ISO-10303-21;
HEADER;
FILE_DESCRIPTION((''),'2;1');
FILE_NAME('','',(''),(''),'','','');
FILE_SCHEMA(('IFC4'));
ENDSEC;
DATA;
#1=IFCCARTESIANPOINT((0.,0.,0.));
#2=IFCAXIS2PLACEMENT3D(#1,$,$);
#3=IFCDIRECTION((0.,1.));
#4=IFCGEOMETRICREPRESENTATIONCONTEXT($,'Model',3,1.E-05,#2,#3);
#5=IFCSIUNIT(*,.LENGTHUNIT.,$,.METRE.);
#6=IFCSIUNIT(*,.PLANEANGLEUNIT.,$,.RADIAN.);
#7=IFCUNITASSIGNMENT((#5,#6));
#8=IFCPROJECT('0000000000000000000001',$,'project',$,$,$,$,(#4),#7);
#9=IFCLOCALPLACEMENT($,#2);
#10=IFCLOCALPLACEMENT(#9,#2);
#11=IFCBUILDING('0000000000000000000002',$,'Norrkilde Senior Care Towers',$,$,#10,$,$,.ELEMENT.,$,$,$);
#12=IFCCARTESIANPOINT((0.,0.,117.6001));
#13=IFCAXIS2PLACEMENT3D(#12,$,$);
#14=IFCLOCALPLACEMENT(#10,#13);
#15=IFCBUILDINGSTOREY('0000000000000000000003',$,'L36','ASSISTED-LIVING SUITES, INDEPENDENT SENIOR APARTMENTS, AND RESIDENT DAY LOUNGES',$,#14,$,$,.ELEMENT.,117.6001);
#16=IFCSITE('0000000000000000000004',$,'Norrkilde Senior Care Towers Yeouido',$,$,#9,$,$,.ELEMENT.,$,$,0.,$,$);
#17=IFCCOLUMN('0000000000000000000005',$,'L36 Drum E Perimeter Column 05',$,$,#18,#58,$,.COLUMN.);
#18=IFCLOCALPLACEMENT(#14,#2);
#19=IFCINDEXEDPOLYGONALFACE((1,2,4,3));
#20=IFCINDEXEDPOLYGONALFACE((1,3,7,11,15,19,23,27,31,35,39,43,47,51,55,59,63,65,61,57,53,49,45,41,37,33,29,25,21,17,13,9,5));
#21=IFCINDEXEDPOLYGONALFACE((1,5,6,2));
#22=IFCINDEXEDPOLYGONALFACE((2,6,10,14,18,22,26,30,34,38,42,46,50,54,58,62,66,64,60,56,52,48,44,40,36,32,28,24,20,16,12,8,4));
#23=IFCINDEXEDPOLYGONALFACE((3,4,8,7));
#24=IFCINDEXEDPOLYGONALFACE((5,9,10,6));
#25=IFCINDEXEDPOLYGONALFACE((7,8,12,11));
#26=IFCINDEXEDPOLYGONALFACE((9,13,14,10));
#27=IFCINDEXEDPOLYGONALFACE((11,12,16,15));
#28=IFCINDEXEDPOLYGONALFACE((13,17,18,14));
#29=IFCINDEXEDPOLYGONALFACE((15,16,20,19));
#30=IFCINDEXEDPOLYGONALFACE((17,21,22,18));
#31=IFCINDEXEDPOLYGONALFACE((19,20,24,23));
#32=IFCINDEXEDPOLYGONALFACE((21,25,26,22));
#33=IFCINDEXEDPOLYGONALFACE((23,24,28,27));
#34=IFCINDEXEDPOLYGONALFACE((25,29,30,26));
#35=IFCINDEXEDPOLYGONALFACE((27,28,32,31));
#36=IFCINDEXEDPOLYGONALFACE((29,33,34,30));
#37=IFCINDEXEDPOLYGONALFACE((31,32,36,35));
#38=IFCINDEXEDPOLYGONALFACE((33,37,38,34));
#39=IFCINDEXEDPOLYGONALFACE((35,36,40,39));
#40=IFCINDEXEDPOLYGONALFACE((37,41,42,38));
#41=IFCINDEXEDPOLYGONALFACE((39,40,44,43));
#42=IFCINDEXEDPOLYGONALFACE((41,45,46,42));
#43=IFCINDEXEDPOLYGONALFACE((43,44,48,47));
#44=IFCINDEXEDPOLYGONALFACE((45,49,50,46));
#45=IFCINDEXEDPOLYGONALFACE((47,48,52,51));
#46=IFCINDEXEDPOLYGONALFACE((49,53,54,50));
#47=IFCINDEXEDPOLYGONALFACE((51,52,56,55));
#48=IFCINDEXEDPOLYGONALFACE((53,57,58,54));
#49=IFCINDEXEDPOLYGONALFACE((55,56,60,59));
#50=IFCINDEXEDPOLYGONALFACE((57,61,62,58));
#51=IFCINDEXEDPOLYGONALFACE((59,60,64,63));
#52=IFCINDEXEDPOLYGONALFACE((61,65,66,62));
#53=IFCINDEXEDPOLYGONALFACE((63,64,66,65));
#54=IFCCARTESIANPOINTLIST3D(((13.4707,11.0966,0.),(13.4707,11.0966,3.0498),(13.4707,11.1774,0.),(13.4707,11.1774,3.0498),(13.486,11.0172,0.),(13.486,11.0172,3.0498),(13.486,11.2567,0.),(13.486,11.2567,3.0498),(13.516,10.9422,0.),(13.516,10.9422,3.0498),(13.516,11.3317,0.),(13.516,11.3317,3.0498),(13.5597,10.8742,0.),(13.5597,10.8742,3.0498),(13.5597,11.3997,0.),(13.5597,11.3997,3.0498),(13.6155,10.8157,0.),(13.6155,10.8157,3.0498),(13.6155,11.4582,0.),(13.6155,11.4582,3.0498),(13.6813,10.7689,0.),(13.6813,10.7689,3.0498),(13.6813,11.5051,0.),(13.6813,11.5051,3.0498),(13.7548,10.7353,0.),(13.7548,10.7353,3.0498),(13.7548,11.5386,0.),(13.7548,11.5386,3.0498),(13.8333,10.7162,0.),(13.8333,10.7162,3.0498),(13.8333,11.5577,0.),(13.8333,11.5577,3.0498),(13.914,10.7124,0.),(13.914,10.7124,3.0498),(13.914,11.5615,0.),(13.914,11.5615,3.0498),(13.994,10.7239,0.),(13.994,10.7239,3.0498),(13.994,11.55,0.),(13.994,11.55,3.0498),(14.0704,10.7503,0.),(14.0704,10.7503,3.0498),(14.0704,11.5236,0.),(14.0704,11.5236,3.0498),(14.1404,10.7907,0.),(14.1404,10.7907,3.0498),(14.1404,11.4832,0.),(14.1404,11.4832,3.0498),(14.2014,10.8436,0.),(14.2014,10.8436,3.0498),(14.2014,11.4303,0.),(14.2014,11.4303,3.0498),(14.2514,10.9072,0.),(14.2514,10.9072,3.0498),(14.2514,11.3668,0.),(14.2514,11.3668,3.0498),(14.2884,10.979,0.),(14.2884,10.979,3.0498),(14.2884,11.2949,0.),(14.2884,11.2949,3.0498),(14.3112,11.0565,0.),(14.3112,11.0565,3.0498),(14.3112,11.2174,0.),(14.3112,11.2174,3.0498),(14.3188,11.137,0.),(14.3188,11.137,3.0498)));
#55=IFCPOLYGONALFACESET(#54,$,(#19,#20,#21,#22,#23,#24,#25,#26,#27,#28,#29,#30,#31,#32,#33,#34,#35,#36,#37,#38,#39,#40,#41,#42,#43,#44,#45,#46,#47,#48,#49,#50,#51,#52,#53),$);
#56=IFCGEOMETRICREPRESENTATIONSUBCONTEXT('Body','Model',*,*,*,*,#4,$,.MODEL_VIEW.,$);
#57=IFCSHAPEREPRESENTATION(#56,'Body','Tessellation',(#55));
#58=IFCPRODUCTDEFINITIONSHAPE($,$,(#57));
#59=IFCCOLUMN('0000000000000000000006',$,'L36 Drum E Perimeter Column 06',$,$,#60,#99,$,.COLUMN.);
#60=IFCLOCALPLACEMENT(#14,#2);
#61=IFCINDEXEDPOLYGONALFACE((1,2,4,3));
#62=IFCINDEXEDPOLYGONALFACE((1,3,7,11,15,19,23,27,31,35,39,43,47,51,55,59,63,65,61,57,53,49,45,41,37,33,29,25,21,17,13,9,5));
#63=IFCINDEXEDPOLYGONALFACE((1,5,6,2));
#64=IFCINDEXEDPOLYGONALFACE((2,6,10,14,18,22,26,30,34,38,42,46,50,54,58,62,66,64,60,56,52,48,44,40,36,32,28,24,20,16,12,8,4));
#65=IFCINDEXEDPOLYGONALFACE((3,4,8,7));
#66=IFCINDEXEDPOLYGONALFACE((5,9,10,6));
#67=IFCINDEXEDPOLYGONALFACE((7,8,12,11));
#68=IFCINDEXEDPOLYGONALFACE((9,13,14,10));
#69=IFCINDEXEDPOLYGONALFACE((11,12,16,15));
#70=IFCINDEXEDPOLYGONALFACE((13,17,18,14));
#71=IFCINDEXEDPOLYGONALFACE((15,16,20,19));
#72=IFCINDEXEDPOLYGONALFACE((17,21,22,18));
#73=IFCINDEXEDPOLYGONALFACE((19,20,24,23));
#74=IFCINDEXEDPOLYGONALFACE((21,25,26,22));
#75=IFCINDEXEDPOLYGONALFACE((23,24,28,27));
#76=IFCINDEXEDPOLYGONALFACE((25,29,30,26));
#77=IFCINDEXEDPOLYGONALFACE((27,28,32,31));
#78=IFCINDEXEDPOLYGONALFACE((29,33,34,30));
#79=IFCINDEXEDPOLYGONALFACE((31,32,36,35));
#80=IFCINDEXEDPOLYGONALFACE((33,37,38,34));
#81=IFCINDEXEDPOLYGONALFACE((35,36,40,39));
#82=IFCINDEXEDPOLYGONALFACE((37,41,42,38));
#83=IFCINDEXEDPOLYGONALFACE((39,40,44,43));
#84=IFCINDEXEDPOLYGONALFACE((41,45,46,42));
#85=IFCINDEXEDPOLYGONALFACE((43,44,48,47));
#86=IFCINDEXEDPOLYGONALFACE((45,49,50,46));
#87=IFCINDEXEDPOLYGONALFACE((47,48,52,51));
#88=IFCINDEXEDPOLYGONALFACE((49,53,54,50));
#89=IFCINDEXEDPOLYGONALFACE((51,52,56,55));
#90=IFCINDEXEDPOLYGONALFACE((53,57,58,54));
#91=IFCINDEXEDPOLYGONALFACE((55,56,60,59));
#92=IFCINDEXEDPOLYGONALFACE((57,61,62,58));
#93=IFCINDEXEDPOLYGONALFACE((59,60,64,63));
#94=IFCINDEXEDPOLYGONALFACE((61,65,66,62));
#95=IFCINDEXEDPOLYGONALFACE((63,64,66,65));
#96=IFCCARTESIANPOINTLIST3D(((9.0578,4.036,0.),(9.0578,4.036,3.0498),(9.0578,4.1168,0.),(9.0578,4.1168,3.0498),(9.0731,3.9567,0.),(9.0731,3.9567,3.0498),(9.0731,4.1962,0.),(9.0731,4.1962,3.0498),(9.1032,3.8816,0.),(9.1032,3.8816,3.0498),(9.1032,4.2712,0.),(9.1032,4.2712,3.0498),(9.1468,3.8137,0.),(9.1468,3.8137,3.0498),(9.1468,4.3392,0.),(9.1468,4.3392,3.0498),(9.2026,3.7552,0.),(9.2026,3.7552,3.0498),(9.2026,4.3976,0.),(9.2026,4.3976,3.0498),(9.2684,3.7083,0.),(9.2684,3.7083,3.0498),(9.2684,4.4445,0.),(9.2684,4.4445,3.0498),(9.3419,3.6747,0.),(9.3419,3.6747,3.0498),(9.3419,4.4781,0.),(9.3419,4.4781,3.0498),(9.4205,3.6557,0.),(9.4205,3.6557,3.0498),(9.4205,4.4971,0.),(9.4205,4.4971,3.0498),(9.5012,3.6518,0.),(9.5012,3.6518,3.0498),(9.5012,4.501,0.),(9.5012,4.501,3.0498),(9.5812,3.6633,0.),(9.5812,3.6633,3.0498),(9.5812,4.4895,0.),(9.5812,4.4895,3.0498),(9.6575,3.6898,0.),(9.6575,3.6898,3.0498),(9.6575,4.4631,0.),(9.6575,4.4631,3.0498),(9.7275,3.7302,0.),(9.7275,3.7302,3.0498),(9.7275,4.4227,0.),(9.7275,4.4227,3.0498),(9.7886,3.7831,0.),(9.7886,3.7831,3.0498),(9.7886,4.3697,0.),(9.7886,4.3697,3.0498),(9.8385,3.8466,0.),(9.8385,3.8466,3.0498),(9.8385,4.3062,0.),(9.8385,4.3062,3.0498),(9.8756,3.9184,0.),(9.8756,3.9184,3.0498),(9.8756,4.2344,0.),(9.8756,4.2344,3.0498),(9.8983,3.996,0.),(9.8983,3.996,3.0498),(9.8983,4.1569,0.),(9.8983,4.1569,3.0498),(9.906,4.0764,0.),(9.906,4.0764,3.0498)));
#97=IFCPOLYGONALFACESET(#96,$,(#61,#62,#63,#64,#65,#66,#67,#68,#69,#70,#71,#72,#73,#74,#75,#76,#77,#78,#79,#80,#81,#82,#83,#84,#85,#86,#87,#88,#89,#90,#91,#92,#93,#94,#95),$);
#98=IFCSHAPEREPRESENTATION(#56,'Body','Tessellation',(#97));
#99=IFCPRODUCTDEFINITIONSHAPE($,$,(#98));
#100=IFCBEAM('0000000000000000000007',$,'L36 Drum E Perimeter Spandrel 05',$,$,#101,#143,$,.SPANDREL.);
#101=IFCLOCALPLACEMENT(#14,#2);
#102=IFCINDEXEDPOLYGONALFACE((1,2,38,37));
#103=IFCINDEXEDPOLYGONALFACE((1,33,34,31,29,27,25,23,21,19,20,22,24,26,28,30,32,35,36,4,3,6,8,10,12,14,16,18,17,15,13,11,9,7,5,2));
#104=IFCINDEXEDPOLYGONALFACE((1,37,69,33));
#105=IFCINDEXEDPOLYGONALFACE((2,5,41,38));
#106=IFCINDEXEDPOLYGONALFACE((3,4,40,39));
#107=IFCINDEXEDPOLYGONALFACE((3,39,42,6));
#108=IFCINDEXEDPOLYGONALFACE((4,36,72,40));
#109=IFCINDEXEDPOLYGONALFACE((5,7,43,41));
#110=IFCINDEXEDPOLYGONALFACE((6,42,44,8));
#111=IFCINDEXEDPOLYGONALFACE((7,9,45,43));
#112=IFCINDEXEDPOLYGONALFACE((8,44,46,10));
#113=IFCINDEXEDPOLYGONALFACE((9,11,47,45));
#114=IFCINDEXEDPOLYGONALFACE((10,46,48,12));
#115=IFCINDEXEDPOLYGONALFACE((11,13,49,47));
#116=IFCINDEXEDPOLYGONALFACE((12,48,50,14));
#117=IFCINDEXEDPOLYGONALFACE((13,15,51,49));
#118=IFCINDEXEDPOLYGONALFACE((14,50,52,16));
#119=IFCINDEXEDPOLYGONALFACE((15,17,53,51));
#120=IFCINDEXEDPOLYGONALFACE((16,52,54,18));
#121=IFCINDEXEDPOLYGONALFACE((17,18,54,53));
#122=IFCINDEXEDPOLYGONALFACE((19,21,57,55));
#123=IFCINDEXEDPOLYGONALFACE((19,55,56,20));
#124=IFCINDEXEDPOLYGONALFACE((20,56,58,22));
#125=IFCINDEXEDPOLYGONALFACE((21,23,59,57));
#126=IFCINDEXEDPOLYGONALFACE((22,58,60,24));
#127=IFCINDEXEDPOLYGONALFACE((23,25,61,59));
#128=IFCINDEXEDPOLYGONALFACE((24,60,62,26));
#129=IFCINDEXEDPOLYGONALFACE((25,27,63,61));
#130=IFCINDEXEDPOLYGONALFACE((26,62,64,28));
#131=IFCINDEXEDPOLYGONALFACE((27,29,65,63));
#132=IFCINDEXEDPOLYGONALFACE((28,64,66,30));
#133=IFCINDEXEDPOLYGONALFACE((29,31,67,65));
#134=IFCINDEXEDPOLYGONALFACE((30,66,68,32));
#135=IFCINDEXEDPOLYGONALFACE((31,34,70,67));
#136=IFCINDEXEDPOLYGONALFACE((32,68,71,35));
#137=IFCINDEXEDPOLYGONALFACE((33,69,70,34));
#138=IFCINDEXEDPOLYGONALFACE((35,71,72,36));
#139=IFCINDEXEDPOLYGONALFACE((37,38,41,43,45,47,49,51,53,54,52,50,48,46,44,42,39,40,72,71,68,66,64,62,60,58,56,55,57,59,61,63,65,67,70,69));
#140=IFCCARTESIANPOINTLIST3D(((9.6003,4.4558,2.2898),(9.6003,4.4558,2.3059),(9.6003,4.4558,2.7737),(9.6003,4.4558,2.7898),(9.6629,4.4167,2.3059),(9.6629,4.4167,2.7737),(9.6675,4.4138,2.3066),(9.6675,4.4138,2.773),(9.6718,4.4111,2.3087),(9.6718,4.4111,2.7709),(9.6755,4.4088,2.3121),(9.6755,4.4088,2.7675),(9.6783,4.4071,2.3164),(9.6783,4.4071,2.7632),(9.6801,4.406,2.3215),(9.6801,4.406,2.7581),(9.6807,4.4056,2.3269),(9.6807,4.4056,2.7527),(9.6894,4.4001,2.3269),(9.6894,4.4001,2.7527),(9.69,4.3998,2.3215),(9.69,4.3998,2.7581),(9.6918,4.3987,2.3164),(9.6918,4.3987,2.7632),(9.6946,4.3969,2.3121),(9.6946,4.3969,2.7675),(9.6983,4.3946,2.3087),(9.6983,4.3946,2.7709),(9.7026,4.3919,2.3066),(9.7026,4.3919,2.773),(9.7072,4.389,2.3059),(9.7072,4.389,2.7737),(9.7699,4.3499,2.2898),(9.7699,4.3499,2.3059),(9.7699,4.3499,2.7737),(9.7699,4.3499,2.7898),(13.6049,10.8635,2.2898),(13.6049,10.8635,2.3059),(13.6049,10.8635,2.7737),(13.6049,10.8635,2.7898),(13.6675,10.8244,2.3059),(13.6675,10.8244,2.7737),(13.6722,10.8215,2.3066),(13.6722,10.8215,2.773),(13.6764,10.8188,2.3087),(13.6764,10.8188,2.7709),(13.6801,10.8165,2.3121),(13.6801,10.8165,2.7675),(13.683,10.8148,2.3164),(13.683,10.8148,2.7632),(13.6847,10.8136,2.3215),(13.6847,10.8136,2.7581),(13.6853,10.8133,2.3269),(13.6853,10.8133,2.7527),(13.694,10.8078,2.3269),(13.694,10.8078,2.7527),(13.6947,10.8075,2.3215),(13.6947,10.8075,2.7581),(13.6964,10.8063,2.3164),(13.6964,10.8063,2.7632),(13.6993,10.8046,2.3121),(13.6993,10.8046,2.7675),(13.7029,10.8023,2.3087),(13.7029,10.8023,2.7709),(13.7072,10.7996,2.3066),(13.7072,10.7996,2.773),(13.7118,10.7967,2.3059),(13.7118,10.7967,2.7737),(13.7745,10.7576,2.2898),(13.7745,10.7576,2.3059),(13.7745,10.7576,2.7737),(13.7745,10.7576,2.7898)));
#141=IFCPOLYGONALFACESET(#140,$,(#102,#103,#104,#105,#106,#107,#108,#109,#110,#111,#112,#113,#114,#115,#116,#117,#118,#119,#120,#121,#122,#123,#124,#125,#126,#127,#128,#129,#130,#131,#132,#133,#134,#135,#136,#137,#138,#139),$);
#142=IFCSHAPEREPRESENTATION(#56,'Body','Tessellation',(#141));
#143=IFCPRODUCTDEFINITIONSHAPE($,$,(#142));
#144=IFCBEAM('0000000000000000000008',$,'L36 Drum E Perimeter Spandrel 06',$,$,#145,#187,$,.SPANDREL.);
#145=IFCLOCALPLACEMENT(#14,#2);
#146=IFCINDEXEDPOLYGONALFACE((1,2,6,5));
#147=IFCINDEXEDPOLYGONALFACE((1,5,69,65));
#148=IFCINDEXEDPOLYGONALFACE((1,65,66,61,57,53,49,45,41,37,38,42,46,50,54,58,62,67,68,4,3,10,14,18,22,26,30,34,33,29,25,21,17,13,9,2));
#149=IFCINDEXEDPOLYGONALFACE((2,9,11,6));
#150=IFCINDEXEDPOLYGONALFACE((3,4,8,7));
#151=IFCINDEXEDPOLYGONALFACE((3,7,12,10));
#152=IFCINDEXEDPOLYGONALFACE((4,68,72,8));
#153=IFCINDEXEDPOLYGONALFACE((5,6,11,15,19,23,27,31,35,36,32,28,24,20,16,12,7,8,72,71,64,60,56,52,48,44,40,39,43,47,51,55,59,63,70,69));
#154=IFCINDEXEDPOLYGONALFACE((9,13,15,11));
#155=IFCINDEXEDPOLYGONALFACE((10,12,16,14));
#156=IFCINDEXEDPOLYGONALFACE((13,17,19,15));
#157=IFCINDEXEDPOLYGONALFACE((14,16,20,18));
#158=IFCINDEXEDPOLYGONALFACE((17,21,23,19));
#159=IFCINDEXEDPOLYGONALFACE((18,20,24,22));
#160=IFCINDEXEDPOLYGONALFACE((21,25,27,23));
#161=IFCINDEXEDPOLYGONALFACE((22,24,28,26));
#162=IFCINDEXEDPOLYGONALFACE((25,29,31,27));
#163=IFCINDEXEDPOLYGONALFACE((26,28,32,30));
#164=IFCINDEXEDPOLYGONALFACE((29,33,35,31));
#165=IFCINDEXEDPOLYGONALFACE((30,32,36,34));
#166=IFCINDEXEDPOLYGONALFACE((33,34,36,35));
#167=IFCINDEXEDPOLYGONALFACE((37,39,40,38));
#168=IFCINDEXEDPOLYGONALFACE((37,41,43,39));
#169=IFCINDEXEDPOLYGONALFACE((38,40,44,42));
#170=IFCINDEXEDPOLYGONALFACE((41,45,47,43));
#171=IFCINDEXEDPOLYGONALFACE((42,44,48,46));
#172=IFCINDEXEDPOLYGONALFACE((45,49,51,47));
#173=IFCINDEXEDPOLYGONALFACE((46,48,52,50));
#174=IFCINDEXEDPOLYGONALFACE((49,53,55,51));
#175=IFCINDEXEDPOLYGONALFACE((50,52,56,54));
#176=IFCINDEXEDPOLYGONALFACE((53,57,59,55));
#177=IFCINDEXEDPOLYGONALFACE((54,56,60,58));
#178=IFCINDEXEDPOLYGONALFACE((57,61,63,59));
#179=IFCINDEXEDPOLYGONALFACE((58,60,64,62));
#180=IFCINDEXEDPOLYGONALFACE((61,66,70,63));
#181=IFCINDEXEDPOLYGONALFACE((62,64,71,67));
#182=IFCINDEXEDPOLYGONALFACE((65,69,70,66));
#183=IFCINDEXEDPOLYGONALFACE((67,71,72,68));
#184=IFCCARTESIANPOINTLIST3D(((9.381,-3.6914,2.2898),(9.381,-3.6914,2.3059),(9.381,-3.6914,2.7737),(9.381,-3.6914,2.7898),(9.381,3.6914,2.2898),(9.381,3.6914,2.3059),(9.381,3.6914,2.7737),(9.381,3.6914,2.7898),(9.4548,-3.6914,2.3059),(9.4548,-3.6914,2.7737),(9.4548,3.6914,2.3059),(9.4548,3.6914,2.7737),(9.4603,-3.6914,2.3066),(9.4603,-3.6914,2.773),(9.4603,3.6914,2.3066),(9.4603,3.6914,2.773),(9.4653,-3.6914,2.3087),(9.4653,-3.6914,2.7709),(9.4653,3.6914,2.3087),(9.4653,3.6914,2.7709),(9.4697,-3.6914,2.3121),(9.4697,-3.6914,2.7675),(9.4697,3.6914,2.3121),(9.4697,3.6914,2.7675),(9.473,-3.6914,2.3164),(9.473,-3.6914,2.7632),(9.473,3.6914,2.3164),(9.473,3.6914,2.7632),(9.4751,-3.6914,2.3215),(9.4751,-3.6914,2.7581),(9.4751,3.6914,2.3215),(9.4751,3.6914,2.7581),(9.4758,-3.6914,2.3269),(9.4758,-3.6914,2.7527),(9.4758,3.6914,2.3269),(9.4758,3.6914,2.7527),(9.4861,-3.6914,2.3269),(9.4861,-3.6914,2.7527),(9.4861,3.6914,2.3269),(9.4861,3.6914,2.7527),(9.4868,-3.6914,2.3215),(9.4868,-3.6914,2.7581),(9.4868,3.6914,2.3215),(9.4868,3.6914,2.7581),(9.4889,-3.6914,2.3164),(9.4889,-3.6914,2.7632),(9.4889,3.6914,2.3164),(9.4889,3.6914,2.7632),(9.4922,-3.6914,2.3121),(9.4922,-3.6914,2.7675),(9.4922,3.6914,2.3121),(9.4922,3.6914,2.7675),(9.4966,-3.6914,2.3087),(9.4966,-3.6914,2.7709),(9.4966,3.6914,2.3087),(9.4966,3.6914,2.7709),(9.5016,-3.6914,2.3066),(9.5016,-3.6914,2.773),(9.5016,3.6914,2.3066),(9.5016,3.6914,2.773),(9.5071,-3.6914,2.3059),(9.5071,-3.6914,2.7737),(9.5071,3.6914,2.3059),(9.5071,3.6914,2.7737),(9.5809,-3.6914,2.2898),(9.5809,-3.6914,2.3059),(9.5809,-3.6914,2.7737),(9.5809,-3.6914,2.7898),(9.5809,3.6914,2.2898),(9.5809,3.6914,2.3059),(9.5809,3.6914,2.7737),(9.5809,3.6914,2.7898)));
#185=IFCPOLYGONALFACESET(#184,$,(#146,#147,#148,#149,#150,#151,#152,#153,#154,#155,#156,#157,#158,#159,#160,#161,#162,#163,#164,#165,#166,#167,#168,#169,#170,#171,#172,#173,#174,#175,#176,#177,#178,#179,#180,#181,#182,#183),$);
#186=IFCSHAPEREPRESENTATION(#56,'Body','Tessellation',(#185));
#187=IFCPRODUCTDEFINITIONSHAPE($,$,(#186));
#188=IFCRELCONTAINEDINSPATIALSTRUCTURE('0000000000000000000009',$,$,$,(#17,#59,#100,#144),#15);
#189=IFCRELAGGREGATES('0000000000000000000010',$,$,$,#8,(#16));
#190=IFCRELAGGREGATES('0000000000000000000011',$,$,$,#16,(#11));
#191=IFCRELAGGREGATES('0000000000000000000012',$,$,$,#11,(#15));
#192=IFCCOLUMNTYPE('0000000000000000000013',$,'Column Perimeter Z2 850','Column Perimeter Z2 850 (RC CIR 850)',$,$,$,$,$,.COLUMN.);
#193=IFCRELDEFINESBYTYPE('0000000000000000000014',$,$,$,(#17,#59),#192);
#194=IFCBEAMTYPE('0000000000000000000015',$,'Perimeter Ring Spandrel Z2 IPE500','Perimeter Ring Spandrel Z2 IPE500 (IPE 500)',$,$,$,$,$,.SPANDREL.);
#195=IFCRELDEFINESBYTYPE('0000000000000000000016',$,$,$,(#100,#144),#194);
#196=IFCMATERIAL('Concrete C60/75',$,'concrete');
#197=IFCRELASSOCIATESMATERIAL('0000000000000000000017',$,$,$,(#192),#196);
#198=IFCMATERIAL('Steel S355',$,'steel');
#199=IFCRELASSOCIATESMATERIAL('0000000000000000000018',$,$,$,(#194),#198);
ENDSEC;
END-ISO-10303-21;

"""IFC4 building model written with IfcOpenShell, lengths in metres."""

from ifc_helpers import new_model, si_unit, direction, frame, origin, origin_2d, place, context, subcontext, project, spatial, circle, i_section, extrude, source, transform, mapped, material, material_profile, profile_set, type_object, type_shapes, element, save


model = new_model("IFC4")

# Units and contexts
model_context = context("Model", 3, precision=1e-05, world=origin(), true_north=direction((0.0, 1.0)))
body_context = subcontext(model_context, "Body", "Model", "MODEL_VIEW")
ifc_project = project(units=[si_unit("LENGTHUNIT", "METRE"), si_unit("PLANEANGLEUNIT", "RADIAN")], contexts=[model_context])

# Site, building, storey
site_placement = place(None, origin())
site = spatial("IfcSite", under=ifc_project, at=site_placement, Name="Norrkilde Senior Care Towers Yeouido", CompositionType="ELEMENT", RefElevation=0.0)
building_placement = place(site_placement, origin())
building = spatial("IfcBuilding", under=site, at=building_placement, Name="Norrkilde Senior Care Towers", CompositionType="ELEMENT")
storey_placement = place(building_placement, frame((0.0, 0.0, 117.6001)))
storey = spatial("IfcBuildingStorey", under=building, at=storey_placement, Name="L36", Description="ASSISTED-LIVING SUITES, INDEPENDENT SENIOR APARTMENTS, AND RESIDENT DAY LOUNGES", CompositionType="ELEMENT", Elevation=117.6001)

# Columns
ifc_material_1 = material(Name="Concrete C60/75", Category="concrete")
ifc_material_profile_1 = material_profile(ifc_material_1, circle(Radius=0.425, at=origin_2d()), Name="RC CIR 850")
ifc_profile_set_1 = profile_set([ifc_material_profile_1], Name="Concrete C60/75")
column_type = type_object("IfcColumnType", Name="Column Perimeter Z2 850", Description="Column Perimeter Z2 850 (RC CIR 850)", PredefinedType="COLUMN", material=ifc_profile_set_1)
shared_shape_1 = source(origin(), body_context, "Body", "SweptSolid", [
    extrude(circle(Radius=0.425, at=origin_2d()), origin(), (0.0, 0.0, 1.0), 3.0498),
])
type_shapes(column_type, [shared_shape_1])
for number, where, z_axis, x_axis, name in (
    (1, (13.8938, 11.137, 0.0), (0.0, 0.0, 1.0), (1.0, 0.0, 0.0), "L36 Drum E Perimeter Column 05"),
    (2, (9.481, 4.0764, 0.0), (0.0, 0.0, 1.0), (1.0, 0.0, 0.0), "L36 Drum E Perimeter Column 06"),
):
    element("IfcColumn", number, at=place(storey_placement, frame(where, z_axis=z_axis, x_axis=x_axis)), inside=storey, type_object=column_type, Name=name, PredefinedType="COLUMN", context=body_context, shape_type="MappedRepresentation", body=[
        mapped(shared_shape_1, transform((0.0, 0.0, 0.0), x_axis=(1.0, 0.0, 0.0), y_axis=(0.0, 1.0, 0.0), z_axis=(0.0, 0.0, 1.0), scale=1.0)),
    ])

# Beams
ifc_material_2 = material(Name="Steel S355", Category="steel")
ifc_material_profile_2 = material_profile(ifc_material_2, i_section(OverallWidth=0.2, OverallDepth=0.5, WebThickness=0.0103, FlangeThickness=0.0161, FilletRadius=0.021, at=origin_2d()), Name="IPE 500")
ifc_profile_set_2 = profile_set([ifc_material_profile_2], Name="Steel S355")
beam_type = type_object("IfcBeamType", Name="Perimeter Ring Spandrel Z2 IPE500", Description="Perimeter Ring Spandrel Z2 IPE500 (IPE 500)", PredefinedType="SPANDREL", material=ifc_profile_set_2)
shared_shape_2 = source(origin(), body_context, "Body", "SweptSolid", [
    extrude(i_section(OverallWidth=0.2, OverallDepth=0.5, WebThickness=0.0103, FlangeThickness=0.0161, FilletRadius=0.021, at=origin_2d()), origin(), (0.0, 0.0, 1.0), 7.5562),
])
beam_1_placement = place(storey_placement, frame((13.6897, 10.8105, 2.5398), z_axis=(-0.529982, -0.848009, 0.0), x_axis=(0.848009, -0.529982, 0.0)))
element("IfcBeam", 3, at=beam_1_placement, inside=storey, type_object=beam_type, Name="L36 Drum E Perimeter Spandrel 05", PredefinedType="SPANDREL", context=body_context, shape_type="MappedRepresentation", body=[
    mapped(shared_shape_2, transform((0.0, 0.0, 0.0), x_axis=(1.0, 0.0, 0.0), y_axis=(0.0, 1.0, 0.0), z_axis=(0.0, 0.0, 1.0), scale=1.0)),
])
shared_shape_3 = source(origin(), body_context, "Body", "SweptSolid", [
    extrude(i_section(OverallWidth=0.2, OverallDepth=0.5, WebThickness=0.0103, FlangeThickness=0.0161, FilletRadius=0.021, at=origin_2d()), origin(), (0.0, 0.0, 1.0), 7.3828),
])
type_shapes(beam_type, [shared_shape_2, shared_shape_3])
beam_2_placement = place(storey_placement, frame((9.481, 3.6914, 2.5398), z_axis=(0.0, -1.0, 0.0), x_axis=(1.0, 0.0, 0.0)))
element("IfcBeam", 4, at=beam_2_placement, inside=storey, type_object=beam_type, Name="L36 Drum E Perimeter Spandrel 06", PredefinedType="SPANDREL", context=body_context, shape_type="MappedRepresentation", body=[
    mapped(shared_shape_3, transform((0.0, 0.0, 0.0), x_axis=(1.0, 0.0, 0.0), y_axis=(0.0, 1.0, 0.0), z_axis=(0.0, 0.0, 1.0), scale=1.0)),
])

save(model, "model.ifc")
